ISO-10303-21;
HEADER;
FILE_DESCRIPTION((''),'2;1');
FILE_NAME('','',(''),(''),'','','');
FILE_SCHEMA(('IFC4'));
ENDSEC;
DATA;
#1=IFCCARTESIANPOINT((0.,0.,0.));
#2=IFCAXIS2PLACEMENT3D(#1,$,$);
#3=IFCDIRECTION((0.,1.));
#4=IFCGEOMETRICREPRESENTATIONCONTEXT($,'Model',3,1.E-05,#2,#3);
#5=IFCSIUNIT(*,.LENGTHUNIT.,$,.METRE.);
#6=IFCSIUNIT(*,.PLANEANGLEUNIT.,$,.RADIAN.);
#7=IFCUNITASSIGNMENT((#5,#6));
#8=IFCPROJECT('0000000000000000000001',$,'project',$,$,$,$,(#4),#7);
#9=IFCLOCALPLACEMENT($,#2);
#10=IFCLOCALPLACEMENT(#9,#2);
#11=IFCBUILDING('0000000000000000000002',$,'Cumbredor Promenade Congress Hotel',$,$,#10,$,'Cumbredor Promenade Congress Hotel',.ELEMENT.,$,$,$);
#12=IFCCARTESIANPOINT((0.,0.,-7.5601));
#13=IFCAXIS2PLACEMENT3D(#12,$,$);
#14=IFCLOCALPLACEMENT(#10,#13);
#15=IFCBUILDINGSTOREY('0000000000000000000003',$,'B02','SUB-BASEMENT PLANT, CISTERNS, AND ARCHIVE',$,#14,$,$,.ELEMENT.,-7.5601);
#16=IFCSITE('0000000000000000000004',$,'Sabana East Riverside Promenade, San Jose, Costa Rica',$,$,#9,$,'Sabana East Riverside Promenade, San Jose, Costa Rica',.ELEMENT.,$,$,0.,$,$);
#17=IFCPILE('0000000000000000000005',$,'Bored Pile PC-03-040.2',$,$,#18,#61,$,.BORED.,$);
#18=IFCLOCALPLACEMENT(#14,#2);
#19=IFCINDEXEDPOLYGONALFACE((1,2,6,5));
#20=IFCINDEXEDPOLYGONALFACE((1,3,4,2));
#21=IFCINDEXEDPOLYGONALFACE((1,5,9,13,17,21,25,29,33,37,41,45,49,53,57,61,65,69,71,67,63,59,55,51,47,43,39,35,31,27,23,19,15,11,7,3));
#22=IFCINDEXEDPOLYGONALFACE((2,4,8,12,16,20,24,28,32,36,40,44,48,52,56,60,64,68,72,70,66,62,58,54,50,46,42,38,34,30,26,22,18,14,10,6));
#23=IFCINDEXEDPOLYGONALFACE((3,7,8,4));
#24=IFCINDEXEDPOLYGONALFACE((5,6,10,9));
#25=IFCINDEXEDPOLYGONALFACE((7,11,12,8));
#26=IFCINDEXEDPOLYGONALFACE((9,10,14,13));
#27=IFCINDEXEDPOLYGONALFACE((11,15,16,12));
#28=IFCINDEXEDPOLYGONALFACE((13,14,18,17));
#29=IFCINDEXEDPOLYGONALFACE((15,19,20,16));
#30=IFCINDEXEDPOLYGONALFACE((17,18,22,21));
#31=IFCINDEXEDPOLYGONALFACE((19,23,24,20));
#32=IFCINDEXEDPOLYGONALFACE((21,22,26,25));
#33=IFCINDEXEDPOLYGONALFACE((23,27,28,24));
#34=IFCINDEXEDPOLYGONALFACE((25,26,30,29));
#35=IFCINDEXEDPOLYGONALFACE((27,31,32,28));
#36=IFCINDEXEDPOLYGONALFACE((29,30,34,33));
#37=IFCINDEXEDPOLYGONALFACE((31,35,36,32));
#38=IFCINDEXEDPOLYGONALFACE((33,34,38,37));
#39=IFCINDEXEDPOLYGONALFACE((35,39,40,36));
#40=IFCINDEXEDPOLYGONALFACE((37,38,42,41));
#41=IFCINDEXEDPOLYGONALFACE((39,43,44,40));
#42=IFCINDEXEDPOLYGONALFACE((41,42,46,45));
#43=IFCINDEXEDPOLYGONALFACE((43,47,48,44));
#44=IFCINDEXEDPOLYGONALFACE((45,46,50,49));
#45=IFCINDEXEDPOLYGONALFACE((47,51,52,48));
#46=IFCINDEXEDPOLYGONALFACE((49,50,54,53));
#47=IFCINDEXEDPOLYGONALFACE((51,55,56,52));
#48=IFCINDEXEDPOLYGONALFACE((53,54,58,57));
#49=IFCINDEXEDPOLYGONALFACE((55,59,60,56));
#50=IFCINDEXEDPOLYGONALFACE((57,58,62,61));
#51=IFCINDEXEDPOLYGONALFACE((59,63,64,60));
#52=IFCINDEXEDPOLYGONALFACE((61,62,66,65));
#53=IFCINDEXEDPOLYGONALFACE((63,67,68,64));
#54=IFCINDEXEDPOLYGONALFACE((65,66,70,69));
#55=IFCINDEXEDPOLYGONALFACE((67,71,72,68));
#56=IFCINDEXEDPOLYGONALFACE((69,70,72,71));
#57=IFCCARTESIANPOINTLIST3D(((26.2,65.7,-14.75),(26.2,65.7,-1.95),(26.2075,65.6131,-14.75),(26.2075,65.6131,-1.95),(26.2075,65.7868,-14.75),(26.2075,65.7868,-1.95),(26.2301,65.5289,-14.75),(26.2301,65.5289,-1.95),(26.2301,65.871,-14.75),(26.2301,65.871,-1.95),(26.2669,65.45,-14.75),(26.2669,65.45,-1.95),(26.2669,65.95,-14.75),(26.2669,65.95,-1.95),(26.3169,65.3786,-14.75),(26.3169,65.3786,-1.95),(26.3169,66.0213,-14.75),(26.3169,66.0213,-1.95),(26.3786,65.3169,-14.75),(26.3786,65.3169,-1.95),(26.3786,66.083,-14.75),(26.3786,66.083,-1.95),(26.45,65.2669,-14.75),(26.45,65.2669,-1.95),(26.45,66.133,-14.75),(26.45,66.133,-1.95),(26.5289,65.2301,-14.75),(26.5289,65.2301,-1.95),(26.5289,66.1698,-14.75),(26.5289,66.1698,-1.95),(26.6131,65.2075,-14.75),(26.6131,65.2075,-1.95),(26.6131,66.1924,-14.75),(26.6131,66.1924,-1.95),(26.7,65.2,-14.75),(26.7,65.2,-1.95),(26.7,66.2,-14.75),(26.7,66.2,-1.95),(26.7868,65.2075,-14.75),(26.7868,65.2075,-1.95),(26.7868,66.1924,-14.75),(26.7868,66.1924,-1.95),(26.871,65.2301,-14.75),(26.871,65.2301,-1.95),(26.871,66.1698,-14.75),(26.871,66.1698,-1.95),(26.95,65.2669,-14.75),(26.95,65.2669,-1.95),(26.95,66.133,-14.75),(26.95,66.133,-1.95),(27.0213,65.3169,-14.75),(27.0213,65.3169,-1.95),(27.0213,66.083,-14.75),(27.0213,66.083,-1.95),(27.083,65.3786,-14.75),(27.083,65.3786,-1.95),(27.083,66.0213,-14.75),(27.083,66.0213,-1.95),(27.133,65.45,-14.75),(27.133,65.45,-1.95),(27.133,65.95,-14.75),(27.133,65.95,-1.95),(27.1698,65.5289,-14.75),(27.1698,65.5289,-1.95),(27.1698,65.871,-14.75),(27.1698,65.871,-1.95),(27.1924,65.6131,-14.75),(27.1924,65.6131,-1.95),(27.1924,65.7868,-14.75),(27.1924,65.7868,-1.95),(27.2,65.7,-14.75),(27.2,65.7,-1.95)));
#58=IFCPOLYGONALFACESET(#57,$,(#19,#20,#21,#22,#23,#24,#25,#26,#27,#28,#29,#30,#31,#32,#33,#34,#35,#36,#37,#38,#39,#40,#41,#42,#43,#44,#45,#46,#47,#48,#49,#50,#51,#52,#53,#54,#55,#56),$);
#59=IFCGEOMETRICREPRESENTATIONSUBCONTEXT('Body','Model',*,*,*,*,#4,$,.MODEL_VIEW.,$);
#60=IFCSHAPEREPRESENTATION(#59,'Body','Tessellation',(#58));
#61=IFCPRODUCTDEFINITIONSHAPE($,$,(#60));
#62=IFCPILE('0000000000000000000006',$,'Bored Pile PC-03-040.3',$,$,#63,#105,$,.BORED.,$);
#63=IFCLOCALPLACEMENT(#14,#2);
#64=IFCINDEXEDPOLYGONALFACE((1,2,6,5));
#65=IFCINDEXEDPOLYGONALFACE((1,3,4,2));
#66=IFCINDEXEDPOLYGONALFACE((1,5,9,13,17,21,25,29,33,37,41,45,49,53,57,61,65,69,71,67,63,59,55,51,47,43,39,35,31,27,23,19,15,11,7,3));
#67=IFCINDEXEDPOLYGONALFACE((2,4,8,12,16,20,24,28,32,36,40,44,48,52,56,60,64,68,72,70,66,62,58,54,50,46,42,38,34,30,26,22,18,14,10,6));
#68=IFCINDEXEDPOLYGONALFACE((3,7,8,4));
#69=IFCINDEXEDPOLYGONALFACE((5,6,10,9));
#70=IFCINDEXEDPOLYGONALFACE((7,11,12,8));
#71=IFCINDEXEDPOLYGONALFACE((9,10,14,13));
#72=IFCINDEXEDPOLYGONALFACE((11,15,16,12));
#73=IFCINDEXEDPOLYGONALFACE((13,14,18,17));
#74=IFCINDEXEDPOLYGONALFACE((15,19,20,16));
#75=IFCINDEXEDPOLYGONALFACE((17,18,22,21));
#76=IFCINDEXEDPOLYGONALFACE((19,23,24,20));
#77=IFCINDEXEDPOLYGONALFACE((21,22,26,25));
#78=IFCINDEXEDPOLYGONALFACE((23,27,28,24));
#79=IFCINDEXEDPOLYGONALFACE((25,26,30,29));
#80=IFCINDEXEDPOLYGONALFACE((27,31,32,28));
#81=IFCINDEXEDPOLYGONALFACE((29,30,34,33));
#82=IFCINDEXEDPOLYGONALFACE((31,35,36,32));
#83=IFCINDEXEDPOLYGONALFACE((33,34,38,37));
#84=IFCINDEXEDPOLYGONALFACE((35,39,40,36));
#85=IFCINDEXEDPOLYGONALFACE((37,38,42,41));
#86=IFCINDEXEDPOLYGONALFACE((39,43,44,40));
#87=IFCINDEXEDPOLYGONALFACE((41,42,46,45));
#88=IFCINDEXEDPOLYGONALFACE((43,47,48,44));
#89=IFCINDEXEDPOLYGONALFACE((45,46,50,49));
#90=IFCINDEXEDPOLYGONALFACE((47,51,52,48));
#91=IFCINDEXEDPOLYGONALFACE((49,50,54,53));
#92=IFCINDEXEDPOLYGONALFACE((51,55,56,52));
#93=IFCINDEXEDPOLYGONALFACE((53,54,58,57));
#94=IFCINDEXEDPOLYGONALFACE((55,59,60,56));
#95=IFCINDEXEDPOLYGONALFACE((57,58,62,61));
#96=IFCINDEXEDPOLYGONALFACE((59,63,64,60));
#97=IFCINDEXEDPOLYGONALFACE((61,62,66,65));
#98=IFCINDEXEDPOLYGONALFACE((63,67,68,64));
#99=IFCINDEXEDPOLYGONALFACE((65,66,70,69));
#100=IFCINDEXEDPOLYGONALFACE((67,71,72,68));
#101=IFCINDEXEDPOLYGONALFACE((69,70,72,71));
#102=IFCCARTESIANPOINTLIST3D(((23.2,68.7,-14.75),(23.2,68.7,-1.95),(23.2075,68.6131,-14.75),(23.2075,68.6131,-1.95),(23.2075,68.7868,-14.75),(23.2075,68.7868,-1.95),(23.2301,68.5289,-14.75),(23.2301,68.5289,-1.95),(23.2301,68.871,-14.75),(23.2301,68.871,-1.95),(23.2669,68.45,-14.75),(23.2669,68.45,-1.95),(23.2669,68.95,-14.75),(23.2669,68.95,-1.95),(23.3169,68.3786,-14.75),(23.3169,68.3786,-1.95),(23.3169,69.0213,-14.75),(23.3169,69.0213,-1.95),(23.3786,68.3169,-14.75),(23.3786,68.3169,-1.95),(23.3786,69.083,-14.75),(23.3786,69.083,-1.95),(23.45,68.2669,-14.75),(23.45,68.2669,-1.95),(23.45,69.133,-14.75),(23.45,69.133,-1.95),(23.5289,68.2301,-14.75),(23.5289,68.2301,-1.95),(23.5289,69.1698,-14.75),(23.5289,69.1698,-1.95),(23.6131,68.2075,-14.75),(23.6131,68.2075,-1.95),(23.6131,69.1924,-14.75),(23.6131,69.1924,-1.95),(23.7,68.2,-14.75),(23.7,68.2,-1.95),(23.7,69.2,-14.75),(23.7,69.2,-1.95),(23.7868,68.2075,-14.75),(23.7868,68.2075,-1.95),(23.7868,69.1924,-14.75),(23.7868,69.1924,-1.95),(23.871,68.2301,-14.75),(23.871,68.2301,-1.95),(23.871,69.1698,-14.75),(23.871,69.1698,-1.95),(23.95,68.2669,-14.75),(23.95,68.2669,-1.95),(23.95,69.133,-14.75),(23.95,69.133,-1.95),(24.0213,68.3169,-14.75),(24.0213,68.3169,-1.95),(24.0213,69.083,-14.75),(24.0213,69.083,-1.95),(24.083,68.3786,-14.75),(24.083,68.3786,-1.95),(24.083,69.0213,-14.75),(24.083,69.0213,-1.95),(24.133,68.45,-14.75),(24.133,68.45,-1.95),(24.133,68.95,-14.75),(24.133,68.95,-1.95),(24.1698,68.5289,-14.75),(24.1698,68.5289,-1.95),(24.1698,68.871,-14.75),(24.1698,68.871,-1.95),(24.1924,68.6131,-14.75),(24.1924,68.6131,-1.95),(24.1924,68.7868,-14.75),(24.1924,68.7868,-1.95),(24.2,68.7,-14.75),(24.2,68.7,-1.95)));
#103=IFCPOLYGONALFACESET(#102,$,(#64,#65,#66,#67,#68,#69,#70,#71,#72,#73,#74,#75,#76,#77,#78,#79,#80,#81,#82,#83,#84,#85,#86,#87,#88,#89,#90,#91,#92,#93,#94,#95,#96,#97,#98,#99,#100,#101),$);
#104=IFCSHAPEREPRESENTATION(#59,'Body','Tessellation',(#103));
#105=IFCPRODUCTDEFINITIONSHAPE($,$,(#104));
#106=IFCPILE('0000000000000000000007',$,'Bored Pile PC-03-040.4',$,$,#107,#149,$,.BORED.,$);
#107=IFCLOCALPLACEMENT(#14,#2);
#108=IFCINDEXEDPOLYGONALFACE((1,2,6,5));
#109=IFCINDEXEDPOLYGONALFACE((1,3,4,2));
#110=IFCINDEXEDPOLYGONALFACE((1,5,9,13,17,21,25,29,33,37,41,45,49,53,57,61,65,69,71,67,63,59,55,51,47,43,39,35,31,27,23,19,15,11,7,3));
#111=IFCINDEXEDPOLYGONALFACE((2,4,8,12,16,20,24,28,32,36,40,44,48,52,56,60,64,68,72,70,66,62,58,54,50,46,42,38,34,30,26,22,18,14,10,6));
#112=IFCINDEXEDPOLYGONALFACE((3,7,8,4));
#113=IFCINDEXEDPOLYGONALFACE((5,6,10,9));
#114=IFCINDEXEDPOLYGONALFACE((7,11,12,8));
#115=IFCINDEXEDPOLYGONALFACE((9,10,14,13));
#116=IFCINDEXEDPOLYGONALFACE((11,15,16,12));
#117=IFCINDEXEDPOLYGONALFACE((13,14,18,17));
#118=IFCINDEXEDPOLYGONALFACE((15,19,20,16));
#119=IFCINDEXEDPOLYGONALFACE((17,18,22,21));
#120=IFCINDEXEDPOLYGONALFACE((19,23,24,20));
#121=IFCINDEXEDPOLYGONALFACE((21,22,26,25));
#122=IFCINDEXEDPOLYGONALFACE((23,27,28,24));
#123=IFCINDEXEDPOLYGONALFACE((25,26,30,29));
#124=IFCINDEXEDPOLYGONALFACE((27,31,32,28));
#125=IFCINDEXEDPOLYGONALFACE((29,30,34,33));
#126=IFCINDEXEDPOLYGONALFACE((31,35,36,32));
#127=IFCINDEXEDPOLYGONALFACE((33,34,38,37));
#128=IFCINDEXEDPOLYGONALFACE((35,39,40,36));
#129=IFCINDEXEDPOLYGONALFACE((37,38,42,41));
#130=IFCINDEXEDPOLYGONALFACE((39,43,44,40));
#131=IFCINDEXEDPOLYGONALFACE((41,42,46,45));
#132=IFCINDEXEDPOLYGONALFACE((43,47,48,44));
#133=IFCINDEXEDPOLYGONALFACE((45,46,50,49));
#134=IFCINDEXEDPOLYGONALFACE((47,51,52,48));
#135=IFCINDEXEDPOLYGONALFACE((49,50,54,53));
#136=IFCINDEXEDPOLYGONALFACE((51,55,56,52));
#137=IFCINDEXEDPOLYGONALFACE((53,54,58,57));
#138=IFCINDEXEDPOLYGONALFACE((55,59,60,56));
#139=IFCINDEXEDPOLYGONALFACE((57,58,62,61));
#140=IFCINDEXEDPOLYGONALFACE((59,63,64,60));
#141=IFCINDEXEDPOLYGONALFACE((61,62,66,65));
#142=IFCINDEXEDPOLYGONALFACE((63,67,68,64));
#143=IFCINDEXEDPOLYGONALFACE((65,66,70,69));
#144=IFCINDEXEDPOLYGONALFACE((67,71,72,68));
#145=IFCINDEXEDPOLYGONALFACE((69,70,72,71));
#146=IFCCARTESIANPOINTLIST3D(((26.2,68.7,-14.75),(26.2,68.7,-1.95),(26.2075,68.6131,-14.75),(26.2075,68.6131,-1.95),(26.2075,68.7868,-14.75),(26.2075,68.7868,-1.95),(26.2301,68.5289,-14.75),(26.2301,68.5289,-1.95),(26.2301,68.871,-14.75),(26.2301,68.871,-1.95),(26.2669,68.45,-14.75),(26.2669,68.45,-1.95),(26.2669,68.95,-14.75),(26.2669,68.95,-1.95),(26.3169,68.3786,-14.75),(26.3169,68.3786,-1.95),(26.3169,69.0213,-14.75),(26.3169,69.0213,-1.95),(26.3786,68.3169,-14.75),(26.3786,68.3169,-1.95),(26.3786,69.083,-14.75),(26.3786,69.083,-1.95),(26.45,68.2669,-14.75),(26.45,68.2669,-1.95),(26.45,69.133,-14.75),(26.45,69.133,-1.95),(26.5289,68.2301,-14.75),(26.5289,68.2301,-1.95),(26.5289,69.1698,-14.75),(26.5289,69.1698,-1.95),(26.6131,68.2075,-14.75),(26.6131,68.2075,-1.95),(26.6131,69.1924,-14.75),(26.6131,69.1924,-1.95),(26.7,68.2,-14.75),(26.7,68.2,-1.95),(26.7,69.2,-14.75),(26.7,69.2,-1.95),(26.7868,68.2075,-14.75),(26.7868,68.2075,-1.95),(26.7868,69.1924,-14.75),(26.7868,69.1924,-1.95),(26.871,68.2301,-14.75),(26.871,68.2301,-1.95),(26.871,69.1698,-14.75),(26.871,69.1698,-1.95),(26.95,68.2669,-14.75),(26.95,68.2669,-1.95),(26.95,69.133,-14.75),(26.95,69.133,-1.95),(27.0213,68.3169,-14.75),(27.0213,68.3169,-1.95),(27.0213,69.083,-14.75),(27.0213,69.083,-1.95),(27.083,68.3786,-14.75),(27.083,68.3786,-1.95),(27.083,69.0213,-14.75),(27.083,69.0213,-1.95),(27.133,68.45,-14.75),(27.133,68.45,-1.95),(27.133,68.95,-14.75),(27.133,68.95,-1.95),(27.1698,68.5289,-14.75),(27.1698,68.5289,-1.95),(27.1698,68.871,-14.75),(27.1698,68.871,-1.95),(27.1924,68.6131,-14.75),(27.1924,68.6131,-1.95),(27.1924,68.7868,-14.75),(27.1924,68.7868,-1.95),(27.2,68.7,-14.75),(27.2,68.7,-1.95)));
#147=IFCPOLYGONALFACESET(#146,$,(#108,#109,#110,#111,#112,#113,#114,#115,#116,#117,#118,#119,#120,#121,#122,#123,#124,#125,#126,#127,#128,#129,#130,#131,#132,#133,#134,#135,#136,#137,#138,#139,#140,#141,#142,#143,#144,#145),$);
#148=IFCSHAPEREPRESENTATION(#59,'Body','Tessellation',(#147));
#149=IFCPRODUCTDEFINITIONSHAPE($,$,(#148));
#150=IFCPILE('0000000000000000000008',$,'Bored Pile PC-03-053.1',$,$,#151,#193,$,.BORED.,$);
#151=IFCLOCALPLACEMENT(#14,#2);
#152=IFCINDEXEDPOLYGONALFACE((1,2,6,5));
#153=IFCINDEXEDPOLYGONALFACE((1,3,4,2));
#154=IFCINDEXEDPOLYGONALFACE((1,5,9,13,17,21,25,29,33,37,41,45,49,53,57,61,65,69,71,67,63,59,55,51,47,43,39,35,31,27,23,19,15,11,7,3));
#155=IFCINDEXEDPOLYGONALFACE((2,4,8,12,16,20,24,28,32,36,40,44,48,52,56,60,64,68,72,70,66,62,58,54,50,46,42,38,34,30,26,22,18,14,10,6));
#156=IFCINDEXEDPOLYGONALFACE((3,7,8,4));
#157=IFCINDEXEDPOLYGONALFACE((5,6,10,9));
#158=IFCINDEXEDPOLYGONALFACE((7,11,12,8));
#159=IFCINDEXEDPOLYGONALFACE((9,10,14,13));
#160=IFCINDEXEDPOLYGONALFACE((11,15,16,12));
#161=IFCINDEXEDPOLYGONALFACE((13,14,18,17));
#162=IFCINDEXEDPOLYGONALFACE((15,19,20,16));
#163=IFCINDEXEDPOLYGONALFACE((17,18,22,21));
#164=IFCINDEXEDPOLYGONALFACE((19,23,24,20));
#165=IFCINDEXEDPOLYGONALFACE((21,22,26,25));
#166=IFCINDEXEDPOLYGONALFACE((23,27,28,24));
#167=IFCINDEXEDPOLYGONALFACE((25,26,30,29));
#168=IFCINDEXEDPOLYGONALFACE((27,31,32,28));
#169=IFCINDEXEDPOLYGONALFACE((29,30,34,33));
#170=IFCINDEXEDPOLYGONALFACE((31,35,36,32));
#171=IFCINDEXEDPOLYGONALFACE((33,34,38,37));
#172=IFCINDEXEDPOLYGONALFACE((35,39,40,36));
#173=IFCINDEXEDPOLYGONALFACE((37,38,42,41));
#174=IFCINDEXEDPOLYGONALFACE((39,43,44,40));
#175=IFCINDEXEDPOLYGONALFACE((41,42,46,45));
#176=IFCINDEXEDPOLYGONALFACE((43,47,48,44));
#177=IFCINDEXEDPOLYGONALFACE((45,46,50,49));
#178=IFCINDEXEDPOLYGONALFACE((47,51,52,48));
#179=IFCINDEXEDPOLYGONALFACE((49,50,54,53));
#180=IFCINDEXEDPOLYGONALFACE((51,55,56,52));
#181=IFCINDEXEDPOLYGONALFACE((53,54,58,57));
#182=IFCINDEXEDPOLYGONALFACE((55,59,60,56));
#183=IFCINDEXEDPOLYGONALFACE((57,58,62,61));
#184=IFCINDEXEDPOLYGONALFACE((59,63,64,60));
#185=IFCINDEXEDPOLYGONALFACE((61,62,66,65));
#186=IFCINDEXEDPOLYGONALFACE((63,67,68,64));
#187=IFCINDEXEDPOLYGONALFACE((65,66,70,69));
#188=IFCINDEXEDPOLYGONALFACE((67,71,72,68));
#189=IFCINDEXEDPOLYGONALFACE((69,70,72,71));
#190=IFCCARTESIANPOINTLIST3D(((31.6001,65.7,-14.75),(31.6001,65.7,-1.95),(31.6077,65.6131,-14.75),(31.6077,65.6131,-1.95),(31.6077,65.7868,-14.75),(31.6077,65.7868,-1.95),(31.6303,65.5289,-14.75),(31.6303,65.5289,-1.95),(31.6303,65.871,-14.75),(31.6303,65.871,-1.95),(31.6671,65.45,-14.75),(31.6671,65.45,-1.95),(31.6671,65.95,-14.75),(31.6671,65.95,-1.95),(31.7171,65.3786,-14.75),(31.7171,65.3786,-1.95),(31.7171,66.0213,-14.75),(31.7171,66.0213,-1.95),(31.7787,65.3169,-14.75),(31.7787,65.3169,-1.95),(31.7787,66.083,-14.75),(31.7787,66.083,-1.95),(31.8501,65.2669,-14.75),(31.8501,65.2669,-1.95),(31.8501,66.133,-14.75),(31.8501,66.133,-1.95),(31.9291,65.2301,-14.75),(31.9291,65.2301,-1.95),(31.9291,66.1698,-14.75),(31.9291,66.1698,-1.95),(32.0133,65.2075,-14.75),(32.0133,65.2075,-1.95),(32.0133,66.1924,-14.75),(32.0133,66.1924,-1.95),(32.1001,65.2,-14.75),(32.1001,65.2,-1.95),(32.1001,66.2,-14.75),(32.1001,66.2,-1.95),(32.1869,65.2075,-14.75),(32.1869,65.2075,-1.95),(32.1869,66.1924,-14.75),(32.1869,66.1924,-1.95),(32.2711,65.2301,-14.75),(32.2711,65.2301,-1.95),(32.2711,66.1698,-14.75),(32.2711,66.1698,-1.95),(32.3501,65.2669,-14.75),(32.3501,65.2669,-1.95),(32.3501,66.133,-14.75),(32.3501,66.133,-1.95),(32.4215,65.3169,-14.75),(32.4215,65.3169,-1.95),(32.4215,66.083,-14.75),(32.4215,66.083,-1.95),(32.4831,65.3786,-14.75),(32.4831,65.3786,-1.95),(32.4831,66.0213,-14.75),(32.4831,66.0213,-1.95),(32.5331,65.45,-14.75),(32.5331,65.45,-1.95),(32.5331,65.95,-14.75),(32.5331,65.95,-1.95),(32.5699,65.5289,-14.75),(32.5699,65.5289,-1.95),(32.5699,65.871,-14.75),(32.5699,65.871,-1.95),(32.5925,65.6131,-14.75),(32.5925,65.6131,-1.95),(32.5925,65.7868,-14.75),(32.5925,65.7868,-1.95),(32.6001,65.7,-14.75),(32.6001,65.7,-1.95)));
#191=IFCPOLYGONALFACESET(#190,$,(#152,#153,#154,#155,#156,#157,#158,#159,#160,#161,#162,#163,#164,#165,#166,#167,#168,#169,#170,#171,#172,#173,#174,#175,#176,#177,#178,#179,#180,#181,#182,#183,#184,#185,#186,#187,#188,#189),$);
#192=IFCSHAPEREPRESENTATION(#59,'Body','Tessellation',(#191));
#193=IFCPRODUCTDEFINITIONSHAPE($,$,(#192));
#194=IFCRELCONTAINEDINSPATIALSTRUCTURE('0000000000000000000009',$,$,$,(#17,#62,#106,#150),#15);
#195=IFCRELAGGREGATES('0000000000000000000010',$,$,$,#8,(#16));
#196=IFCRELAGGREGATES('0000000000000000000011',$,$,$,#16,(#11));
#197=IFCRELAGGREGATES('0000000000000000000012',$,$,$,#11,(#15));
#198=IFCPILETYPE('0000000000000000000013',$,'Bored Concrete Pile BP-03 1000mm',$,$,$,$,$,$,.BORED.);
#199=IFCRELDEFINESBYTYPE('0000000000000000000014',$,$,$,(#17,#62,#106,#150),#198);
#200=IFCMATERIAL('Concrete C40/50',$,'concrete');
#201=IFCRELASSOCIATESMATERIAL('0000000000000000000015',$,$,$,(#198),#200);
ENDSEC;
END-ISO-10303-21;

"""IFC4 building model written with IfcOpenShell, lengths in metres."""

from ifc_helpers import new_model, si_unit, direction, frame, origin, origin_2d, place, context, subcontext, project, spatial, circle, extrude, material, material_profile, profile_set, type_object, element, save


model = new_model("IFC4")

# Units and contexts
model_context = context("Model", 3, precision=1e-05, world=origin(), true_north=direction((0.0, 1.0)))
body_context = subcontext(model_context, "Body", "Model", "MODEL_VIEW")
ifc_project = project(units=[si_unit("LENGTHUNIT", "METRE"), si_unit("PLANEANGLEUNIT", "RADIAN")], contexts=[model_context])

# Site, building, storey
site_placement = place(None, origin())
site = spatial("IfcSite", under=ifc_project, at=site_placement, Name="Sabana East Riverside Promenade, San Jose, Costa Rica", LongName="Sabana East Riverside Promenade, San Jose, Costa Rica", CompositionType="ELEMENT", RefElevation=0.0)
building_placement = place(site_placement, origin())
building = spatial("IfcBuilding", under=site, at=building_placement, Name="Cumbredor Promenade Congress Hotel", LongName="Cumbredor Promenade Congress Hotel", CompositionType="ELEMENT")
storey_placement = place(building_placement, frame((0.0, 0.0, -7.5601)))
storey = spatial("IfcBuildingStorey", under=building, at=storey_placement, Name="B02", Description="SUB-BASEMENT PLANT, CISTERNS, AND ARCHIVE", CompositionType="ELEMENT", Elevation=-7.5601)

# Piles
ifc_material_1 = material(Name="Concrete C40/50", Category="concrete")
ifc_material_profile_1 = material_profile(ifc_material_1, circle(Radius=0.5, at=origin_2d()), Name="PILE D1000")
ifc_profile_set_1 = profile_set([ifc_material_profile_1], Name="Concrete C40/50")
pile_type_1 = type_object("IfcPileType", Name="Bored Concrete Pile BP-03 1000mm", PredefinedType="BORED", material=ifc_profile_set_1)
for number, where, z_axis, x_axis, name in (
    (1, (26.7, 65.7, -1.95), (0.0, 0.0, -1.0), (1.0, 0.0, 0.0), "Bored Pile PC-03-040.2"),
    (2, (23.7, 68.7, -1.95), (0.0, 0.0, -1.0), (1.0, 0.0, 0.0), "Bored Pile PC-03-040.3"),
    (3, (26.7, 68.7, -1.95), (0.0, 0.0, -1.0), (1.0, 0.0, 0.0), "Bored Pile PC-03-040.4"),
    (4, (32.1001, 65.7, -1.95), (0.0, 0.0, -1.0), (1.0, 0.0, 0.0), "Bored Pile PC-03-053.1"),
):
    element("IfcPile", number, at=place(storey_placement, frame(where, z_axis=z_axis, x_axis=x_axis)), inside=storey, type_object=pile_type_1, Name=name, PredefinedType="BORED", context=body_context, shape_type="SweptSolid", body=[
        extrude(circle(Radius=0.5, at=origin_2d()), origin(), (0.0, 0.0, 1.0), 12.8),
    ])

save(model, "model.ifc")
